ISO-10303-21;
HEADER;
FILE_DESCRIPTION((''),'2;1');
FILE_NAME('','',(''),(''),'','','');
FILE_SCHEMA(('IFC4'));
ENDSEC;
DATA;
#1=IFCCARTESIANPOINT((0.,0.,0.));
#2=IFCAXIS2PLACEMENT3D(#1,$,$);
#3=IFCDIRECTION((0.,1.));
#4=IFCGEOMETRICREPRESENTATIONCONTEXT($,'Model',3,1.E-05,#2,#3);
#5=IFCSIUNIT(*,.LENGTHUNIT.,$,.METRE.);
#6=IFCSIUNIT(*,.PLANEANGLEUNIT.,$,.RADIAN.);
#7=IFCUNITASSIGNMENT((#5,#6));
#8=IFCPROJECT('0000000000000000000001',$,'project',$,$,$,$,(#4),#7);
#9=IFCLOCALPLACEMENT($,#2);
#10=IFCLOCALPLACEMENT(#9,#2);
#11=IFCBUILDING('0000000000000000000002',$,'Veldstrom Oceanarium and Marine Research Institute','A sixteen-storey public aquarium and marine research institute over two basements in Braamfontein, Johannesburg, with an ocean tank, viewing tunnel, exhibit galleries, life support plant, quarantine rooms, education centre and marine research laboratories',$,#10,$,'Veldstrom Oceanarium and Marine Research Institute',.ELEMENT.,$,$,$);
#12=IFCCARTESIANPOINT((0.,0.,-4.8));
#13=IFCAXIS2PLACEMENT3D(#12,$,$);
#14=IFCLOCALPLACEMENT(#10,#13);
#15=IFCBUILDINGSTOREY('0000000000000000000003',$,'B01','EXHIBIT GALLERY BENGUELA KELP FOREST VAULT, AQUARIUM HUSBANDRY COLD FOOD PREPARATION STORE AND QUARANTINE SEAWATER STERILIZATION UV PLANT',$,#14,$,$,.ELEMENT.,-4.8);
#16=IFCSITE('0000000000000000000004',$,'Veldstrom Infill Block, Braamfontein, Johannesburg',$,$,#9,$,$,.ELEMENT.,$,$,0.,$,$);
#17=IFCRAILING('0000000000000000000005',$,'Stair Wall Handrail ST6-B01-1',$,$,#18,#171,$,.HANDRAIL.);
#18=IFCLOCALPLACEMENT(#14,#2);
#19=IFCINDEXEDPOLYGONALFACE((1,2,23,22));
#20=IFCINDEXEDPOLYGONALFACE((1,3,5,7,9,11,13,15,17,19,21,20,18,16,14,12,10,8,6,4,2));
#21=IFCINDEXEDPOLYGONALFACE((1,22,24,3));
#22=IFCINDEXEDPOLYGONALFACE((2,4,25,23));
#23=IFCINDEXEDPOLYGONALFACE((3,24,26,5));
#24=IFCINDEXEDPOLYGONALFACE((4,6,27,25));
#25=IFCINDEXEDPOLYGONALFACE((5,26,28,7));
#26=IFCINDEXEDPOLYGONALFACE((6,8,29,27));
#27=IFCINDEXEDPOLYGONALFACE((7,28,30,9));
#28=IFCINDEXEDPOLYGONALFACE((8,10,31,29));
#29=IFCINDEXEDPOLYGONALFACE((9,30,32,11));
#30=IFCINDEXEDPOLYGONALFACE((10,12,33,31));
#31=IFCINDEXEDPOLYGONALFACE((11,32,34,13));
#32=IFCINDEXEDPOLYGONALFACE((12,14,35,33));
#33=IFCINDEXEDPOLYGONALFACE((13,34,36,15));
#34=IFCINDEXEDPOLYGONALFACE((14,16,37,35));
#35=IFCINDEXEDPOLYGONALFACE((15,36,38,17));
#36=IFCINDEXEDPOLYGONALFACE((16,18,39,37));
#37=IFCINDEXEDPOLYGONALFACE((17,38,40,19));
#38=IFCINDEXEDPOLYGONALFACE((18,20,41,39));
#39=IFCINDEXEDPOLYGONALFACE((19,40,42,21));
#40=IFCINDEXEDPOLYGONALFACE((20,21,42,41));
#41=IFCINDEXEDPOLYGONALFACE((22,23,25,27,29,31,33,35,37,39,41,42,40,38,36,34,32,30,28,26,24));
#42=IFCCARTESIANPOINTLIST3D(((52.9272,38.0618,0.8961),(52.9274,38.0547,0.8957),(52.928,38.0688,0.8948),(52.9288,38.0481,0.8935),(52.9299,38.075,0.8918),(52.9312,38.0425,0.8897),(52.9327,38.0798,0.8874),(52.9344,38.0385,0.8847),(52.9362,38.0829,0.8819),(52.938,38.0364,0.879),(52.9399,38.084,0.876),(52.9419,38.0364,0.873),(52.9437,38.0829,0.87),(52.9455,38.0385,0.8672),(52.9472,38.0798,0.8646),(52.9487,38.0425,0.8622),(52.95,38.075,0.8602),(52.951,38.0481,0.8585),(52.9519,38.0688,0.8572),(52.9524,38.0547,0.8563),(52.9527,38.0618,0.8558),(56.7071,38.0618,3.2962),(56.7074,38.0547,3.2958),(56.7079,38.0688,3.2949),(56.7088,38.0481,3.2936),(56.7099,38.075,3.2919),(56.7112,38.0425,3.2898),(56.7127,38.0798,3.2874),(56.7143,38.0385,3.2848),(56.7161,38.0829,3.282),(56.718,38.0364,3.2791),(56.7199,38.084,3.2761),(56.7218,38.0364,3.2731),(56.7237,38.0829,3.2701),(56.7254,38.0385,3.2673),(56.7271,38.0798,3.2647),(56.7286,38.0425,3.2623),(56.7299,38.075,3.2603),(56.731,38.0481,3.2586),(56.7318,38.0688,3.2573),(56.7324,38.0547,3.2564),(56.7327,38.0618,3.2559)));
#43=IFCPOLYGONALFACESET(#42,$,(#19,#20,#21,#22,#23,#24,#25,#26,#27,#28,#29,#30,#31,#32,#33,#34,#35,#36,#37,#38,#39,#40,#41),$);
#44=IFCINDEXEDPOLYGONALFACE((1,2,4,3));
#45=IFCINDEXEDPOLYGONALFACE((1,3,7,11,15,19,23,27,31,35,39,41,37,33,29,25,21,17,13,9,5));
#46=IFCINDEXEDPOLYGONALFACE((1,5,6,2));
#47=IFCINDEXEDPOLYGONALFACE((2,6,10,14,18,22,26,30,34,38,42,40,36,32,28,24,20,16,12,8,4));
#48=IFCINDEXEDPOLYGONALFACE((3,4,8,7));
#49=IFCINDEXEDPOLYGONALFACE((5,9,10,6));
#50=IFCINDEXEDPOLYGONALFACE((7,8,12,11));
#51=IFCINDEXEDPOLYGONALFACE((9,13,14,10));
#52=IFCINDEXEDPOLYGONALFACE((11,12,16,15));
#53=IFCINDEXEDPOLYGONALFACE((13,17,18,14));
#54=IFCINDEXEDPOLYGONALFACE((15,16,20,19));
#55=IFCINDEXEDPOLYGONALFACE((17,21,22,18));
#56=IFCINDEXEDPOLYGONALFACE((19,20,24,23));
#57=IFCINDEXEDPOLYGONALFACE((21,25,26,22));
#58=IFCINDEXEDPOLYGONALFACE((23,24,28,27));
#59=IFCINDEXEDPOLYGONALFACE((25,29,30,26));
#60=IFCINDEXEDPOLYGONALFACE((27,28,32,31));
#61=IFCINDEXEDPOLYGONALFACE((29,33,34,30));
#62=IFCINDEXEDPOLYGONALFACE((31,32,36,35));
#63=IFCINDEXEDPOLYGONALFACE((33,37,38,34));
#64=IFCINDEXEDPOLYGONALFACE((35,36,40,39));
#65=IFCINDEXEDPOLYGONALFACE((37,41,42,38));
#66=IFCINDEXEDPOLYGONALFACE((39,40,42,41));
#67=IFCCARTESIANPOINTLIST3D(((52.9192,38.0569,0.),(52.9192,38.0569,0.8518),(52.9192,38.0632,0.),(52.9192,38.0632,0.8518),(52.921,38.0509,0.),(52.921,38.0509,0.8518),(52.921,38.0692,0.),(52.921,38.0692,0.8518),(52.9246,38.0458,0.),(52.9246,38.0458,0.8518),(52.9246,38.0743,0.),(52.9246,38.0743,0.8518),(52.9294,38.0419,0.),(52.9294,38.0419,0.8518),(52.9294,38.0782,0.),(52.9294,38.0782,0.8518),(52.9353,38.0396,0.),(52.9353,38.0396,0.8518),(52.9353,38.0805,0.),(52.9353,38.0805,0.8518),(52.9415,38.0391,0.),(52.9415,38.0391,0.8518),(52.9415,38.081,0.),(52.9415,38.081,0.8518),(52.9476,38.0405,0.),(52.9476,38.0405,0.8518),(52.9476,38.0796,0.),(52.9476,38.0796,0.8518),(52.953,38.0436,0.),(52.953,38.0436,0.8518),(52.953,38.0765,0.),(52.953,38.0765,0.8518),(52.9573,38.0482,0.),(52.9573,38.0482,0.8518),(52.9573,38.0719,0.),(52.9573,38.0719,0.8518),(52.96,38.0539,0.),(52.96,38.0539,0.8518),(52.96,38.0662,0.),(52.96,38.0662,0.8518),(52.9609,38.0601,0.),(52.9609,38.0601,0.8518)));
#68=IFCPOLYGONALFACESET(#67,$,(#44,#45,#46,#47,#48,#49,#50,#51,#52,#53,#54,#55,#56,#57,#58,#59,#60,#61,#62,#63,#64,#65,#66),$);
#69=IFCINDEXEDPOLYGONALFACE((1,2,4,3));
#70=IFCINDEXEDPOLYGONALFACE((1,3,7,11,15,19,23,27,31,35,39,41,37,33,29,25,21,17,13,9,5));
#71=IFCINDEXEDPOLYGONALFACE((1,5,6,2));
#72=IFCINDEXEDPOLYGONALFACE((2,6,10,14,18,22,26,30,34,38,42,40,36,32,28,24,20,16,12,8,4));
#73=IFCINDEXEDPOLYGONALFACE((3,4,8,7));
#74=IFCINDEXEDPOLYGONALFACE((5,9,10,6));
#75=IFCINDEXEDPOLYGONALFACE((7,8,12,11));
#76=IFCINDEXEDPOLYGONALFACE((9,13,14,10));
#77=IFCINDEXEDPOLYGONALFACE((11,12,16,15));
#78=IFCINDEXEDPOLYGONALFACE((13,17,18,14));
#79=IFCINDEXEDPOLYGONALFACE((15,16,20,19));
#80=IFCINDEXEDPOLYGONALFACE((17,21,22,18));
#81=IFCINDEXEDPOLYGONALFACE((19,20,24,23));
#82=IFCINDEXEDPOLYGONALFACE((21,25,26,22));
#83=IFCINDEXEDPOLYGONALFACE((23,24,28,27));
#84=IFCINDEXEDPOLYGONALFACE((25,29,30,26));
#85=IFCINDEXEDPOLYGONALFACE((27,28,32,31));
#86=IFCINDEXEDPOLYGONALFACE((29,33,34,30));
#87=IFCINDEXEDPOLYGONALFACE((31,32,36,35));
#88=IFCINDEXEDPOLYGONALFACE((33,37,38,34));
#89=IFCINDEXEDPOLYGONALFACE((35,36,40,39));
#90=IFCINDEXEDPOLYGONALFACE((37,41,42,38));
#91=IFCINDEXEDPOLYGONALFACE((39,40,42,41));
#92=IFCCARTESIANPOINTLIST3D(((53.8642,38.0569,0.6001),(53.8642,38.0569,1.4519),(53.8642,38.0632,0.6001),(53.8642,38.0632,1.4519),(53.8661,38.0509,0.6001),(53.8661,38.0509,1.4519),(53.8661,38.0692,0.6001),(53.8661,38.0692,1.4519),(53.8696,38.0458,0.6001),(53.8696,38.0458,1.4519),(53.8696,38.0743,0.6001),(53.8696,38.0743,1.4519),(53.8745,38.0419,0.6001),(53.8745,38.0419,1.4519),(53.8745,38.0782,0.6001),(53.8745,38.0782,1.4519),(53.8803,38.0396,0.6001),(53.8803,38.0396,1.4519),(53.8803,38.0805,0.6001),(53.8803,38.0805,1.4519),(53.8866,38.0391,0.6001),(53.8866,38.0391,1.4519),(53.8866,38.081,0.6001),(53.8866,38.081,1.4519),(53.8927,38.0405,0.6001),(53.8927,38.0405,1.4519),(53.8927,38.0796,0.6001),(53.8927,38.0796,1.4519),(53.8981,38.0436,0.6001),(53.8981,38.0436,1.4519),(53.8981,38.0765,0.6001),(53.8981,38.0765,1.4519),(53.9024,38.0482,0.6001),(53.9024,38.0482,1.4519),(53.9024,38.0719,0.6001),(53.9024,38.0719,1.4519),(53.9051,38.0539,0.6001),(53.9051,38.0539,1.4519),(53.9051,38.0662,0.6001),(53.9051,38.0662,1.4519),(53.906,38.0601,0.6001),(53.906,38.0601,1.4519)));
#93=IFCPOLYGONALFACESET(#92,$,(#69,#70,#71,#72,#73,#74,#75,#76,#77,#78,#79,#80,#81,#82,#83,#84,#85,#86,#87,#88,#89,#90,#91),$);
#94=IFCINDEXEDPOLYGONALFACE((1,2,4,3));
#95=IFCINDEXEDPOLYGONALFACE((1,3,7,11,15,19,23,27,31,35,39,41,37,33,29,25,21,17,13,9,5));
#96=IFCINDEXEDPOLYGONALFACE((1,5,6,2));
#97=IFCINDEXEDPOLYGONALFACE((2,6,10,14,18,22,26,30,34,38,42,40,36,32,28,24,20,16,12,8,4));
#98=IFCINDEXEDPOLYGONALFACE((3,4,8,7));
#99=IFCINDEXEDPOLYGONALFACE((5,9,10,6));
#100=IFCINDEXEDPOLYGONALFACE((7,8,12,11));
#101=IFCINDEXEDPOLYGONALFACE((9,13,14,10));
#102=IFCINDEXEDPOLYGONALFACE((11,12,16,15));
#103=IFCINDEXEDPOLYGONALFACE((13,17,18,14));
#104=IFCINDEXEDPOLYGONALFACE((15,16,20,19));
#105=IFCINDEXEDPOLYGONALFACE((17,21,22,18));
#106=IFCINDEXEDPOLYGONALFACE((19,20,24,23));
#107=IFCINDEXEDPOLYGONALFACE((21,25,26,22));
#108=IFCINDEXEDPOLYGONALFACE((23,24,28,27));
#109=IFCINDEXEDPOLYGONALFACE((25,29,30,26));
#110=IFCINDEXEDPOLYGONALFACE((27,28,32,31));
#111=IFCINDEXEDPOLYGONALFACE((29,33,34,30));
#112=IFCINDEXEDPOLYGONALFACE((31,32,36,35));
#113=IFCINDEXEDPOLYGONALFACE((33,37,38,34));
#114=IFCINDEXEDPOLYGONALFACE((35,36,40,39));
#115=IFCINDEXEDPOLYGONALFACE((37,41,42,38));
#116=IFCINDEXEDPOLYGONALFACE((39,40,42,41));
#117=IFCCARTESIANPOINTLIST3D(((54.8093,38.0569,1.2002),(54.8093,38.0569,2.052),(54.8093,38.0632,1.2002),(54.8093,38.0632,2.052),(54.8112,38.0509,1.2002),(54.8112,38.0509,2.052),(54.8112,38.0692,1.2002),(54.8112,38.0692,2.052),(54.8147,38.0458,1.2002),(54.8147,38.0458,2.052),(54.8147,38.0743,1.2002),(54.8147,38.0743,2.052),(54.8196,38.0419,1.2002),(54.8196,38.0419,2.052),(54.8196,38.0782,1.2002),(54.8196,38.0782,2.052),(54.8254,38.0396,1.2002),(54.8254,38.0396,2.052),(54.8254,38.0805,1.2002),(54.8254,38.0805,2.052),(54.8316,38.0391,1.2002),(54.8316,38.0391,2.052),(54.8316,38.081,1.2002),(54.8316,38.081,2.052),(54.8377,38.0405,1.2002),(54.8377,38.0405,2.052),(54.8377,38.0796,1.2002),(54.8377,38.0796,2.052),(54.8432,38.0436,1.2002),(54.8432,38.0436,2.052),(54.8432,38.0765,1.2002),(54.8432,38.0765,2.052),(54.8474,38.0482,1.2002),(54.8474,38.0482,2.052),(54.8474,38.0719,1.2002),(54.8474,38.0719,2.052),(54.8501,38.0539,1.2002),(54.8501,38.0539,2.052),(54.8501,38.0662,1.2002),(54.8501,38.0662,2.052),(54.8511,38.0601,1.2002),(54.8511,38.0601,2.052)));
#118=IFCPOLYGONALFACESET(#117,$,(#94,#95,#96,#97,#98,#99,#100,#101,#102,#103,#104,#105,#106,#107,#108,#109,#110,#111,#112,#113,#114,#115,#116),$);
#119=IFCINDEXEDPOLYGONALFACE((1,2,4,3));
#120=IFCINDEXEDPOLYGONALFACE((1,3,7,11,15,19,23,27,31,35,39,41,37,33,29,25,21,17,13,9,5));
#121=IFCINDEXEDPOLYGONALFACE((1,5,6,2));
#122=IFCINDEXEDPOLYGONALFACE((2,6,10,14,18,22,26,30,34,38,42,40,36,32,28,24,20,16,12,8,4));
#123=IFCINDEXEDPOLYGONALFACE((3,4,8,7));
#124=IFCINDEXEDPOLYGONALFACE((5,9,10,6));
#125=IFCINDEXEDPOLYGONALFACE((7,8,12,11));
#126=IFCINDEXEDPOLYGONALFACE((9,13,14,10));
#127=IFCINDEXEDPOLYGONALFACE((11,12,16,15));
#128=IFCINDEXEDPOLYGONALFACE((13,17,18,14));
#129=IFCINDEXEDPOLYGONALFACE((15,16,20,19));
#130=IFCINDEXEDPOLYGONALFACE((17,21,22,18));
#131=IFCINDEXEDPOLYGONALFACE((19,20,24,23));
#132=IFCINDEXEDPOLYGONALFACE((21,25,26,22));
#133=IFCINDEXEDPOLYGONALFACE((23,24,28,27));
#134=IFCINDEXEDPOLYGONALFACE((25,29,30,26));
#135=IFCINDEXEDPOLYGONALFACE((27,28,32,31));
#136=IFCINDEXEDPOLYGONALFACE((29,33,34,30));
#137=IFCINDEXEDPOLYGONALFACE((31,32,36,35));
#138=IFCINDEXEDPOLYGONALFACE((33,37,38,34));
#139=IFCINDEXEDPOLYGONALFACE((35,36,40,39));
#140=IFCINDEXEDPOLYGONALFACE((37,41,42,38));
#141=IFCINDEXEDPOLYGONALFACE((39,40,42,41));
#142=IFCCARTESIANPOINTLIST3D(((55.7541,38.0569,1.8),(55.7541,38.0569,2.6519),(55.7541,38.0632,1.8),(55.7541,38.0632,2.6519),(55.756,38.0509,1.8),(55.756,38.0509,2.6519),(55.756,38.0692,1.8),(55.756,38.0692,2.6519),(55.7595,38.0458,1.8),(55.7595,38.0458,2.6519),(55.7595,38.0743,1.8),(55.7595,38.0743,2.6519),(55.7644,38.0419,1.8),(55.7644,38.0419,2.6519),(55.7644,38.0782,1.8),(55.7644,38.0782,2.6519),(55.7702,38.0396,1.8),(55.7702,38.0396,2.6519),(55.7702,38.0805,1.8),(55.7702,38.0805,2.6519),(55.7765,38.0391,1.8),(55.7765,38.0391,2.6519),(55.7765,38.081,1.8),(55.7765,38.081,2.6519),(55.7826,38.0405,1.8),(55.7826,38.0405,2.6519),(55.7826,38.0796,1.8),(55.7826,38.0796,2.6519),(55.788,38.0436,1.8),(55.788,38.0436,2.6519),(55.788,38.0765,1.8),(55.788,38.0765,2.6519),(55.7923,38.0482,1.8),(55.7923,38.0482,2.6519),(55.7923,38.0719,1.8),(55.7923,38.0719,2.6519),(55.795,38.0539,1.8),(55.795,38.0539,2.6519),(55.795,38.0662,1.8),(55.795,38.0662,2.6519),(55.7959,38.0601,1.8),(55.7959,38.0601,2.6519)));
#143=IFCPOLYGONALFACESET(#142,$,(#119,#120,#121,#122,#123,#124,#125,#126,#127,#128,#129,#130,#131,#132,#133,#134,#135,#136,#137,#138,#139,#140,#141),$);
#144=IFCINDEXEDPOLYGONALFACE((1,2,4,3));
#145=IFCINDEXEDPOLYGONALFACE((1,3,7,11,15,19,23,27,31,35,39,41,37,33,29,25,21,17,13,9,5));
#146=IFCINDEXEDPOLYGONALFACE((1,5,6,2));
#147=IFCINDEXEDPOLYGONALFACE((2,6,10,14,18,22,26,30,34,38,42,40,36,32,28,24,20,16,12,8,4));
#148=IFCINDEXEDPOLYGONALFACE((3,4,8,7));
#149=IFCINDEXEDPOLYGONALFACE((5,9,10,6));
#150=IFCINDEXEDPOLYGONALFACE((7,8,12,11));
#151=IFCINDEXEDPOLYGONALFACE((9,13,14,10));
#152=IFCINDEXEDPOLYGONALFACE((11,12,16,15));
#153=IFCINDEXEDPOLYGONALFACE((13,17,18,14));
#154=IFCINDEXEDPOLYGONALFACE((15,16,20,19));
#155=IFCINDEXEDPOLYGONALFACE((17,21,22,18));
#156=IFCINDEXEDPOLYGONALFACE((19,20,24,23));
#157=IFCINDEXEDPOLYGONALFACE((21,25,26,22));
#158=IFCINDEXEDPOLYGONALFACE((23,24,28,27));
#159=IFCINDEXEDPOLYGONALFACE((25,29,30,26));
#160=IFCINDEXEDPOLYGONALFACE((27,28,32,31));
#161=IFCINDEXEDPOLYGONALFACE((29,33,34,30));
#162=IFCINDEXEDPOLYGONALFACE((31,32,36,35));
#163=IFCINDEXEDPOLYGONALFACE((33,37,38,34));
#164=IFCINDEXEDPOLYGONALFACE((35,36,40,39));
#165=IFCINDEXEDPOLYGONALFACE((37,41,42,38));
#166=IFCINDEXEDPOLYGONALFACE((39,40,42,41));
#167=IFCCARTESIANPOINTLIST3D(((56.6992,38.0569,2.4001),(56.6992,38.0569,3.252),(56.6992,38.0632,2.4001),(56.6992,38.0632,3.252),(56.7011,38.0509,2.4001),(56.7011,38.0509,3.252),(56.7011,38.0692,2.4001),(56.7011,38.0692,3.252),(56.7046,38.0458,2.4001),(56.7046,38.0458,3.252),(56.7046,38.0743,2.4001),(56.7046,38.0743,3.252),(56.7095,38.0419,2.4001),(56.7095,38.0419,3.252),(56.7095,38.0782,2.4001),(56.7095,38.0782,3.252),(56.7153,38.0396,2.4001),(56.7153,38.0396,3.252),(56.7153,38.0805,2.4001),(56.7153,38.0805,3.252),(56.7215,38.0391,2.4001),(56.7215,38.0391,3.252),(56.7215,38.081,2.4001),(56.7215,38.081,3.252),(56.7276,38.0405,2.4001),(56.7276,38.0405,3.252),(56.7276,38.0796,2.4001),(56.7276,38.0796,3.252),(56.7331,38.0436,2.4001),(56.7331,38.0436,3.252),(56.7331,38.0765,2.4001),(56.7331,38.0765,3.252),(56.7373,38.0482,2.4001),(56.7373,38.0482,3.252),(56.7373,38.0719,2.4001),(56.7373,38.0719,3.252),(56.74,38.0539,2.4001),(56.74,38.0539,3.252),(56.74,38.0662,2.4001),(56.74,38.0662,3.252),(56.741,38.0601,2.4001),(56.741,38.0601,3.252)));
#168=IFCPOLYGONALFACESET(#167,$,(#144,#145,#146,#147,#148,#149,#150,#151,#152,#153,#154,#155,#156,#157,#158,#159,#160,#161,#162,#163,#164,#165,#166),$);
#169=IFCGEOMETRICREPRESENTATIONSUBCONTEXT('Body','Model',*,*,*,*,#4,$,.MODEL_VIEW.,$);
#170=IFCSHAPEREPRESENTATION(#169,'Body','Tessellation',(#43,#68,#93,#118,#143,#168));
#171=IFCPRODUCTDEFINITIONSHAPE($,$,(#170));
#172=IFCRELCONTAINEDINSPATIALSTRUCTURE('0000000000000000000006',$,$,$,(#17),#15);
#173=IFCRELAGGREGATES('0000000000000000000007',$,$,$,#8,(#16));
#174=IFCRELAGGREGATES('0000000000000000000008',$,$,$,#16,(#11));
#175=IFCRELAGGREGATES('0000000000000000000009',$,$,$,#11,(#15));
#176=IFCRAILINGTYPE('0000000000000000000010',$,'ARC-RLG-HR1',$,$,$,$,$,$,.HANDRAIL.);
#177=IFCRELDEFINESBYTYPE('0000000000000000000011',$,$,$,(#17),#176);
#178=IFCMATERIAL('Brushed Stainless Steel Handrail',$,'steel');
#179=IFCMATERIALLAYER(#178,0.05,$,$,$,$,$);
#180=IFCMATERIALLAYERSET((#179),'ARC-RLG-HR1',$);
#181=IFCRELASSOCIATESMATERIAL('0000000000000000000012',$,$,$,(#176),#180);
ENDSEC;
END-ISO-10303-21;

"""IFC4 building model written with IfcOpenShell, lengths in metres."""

from ifc_helpers import new_model, si_unit, direction, frame, origin, origin_2d, place, context, subcontext, project, spatial, circle, extrude, material, layer, layer_set, type_object, element, save


model = new_model("IFC4")

# Units and contexts
model_context = context("Model", 3, precision=1e-05, world=origin(), true_north=direction((0.0, 1.0)))
body_context = subcontext(model_context, "Body", "Model", "MODEL_VIEW")
ifc_project = project(units=[si_unit("LENGTHUNIT", "METRE"), si_unit("PLANEANGLEUNIT", "RADIAN")], contexts=[model_context])

# Site, building, storey
site_placement = place(None, origin())
site = spatial("IfcSite", under=ifc_project, at=site_placement, Name="Veldstrom Infill Block, Braamfontein, Johannesburg", CompositionType="ELEMENT", RefElevation=0.0)
building_placement = place(site_placement, origin())
building = spatial("IfcBuilding", under=site, at=building_placement, Name="Veldstrom Oceanarium and Marine Research Institute", Description="A sixteen-storey public aquarium and marine research institute over two basements in Braamfontein, Johannesburg, with an ocean tank, viewing tunnel, exhibit galleries, life support plant, quarantine rooms, education centre and marine research laboratories", LongName="Veldstrom Oceanarium and Marine Research Institute", CompositionType="ELEMENT")
storey_placement = place(building_placement, frame((0.0, 0.0, -4.8)))
storey = spatial("IfcBuildingStorey", under=building, at=storey_placement, Name="B01", Description="EXHIBIT GALLERY BENGUELA KELP FOREST VAULT, AQUARIUM HUSBANDRY COLD FOOD PREPARATION STORE AND QUARANTINE SEAWATER STERILIZATION UV PLANT", CompositionType="ELEMENT", Elevation=-4.8)

# Railing
ifc_material_1 = material(Name="Brushed Stainless Steel Handrail", Category="steel")
ifc_layer_1 = layer(ifc_material_1, 0.05)
ifc_layer_set_1 = layer_set([ifc_layer_1], Name="ARC-RLG-HR1")
railing_type_1 = type_object("IfcRailingType", Name="ARC-RLG-HR1", PredefinedType="HANDRAIL", material=ifc_layer_set_1)
railing_1_placement = place(storey_placement, frame((52.9399, 38.0601, 0.0)))
element("IfcRailing", 1, at=railing_1_placement, inside=storey, type_object=railing_type_1, Name="Stair Wall Handrail ST6-B01-1", PredefinedType="HANDRAIL", context=body_context, shape_type="SweptSolid", body=[
    extrude(circle(Radius=0.0239, at=origin_2d()), frame((0.0, 0.0, 0.876), z_axis=(0.8442, 0.0, 0.536028), x_axis=(0.0, 1.0, 0.0)), (0.0, 0.0, 1.0), 4.4775),
    extrude(circle(Radius=0.021, at=origin_2d()), origin(), (0.0, 0.0, 1.0), 0.8518),
    extrude(circle(Radius=0.021, at=origin_2d()), frame((0.9451, 0.0, 0.6001)), (0.0, 0.0, 1.0), 0.8518),
    extrude(circle(Radius=0.021, at=origin_2d()), frame((1.8901, 0.0, 1.2002)), (0.0, 0.0, 1.0), 0.8518),
    extrude(circle(Radius=0.021, at=origin_2d()), frame((2.835, 0.0, 1.8)), (0.0, 0.0, 1.0), 0.8518),
    extrude(circle(Radius=0.021, at=origin_2d()), frame((3.78, 0.0, 2.4001)), (0.0, 0.0, 1.0), 0.8518),
])

save(model, "model.ifc")
